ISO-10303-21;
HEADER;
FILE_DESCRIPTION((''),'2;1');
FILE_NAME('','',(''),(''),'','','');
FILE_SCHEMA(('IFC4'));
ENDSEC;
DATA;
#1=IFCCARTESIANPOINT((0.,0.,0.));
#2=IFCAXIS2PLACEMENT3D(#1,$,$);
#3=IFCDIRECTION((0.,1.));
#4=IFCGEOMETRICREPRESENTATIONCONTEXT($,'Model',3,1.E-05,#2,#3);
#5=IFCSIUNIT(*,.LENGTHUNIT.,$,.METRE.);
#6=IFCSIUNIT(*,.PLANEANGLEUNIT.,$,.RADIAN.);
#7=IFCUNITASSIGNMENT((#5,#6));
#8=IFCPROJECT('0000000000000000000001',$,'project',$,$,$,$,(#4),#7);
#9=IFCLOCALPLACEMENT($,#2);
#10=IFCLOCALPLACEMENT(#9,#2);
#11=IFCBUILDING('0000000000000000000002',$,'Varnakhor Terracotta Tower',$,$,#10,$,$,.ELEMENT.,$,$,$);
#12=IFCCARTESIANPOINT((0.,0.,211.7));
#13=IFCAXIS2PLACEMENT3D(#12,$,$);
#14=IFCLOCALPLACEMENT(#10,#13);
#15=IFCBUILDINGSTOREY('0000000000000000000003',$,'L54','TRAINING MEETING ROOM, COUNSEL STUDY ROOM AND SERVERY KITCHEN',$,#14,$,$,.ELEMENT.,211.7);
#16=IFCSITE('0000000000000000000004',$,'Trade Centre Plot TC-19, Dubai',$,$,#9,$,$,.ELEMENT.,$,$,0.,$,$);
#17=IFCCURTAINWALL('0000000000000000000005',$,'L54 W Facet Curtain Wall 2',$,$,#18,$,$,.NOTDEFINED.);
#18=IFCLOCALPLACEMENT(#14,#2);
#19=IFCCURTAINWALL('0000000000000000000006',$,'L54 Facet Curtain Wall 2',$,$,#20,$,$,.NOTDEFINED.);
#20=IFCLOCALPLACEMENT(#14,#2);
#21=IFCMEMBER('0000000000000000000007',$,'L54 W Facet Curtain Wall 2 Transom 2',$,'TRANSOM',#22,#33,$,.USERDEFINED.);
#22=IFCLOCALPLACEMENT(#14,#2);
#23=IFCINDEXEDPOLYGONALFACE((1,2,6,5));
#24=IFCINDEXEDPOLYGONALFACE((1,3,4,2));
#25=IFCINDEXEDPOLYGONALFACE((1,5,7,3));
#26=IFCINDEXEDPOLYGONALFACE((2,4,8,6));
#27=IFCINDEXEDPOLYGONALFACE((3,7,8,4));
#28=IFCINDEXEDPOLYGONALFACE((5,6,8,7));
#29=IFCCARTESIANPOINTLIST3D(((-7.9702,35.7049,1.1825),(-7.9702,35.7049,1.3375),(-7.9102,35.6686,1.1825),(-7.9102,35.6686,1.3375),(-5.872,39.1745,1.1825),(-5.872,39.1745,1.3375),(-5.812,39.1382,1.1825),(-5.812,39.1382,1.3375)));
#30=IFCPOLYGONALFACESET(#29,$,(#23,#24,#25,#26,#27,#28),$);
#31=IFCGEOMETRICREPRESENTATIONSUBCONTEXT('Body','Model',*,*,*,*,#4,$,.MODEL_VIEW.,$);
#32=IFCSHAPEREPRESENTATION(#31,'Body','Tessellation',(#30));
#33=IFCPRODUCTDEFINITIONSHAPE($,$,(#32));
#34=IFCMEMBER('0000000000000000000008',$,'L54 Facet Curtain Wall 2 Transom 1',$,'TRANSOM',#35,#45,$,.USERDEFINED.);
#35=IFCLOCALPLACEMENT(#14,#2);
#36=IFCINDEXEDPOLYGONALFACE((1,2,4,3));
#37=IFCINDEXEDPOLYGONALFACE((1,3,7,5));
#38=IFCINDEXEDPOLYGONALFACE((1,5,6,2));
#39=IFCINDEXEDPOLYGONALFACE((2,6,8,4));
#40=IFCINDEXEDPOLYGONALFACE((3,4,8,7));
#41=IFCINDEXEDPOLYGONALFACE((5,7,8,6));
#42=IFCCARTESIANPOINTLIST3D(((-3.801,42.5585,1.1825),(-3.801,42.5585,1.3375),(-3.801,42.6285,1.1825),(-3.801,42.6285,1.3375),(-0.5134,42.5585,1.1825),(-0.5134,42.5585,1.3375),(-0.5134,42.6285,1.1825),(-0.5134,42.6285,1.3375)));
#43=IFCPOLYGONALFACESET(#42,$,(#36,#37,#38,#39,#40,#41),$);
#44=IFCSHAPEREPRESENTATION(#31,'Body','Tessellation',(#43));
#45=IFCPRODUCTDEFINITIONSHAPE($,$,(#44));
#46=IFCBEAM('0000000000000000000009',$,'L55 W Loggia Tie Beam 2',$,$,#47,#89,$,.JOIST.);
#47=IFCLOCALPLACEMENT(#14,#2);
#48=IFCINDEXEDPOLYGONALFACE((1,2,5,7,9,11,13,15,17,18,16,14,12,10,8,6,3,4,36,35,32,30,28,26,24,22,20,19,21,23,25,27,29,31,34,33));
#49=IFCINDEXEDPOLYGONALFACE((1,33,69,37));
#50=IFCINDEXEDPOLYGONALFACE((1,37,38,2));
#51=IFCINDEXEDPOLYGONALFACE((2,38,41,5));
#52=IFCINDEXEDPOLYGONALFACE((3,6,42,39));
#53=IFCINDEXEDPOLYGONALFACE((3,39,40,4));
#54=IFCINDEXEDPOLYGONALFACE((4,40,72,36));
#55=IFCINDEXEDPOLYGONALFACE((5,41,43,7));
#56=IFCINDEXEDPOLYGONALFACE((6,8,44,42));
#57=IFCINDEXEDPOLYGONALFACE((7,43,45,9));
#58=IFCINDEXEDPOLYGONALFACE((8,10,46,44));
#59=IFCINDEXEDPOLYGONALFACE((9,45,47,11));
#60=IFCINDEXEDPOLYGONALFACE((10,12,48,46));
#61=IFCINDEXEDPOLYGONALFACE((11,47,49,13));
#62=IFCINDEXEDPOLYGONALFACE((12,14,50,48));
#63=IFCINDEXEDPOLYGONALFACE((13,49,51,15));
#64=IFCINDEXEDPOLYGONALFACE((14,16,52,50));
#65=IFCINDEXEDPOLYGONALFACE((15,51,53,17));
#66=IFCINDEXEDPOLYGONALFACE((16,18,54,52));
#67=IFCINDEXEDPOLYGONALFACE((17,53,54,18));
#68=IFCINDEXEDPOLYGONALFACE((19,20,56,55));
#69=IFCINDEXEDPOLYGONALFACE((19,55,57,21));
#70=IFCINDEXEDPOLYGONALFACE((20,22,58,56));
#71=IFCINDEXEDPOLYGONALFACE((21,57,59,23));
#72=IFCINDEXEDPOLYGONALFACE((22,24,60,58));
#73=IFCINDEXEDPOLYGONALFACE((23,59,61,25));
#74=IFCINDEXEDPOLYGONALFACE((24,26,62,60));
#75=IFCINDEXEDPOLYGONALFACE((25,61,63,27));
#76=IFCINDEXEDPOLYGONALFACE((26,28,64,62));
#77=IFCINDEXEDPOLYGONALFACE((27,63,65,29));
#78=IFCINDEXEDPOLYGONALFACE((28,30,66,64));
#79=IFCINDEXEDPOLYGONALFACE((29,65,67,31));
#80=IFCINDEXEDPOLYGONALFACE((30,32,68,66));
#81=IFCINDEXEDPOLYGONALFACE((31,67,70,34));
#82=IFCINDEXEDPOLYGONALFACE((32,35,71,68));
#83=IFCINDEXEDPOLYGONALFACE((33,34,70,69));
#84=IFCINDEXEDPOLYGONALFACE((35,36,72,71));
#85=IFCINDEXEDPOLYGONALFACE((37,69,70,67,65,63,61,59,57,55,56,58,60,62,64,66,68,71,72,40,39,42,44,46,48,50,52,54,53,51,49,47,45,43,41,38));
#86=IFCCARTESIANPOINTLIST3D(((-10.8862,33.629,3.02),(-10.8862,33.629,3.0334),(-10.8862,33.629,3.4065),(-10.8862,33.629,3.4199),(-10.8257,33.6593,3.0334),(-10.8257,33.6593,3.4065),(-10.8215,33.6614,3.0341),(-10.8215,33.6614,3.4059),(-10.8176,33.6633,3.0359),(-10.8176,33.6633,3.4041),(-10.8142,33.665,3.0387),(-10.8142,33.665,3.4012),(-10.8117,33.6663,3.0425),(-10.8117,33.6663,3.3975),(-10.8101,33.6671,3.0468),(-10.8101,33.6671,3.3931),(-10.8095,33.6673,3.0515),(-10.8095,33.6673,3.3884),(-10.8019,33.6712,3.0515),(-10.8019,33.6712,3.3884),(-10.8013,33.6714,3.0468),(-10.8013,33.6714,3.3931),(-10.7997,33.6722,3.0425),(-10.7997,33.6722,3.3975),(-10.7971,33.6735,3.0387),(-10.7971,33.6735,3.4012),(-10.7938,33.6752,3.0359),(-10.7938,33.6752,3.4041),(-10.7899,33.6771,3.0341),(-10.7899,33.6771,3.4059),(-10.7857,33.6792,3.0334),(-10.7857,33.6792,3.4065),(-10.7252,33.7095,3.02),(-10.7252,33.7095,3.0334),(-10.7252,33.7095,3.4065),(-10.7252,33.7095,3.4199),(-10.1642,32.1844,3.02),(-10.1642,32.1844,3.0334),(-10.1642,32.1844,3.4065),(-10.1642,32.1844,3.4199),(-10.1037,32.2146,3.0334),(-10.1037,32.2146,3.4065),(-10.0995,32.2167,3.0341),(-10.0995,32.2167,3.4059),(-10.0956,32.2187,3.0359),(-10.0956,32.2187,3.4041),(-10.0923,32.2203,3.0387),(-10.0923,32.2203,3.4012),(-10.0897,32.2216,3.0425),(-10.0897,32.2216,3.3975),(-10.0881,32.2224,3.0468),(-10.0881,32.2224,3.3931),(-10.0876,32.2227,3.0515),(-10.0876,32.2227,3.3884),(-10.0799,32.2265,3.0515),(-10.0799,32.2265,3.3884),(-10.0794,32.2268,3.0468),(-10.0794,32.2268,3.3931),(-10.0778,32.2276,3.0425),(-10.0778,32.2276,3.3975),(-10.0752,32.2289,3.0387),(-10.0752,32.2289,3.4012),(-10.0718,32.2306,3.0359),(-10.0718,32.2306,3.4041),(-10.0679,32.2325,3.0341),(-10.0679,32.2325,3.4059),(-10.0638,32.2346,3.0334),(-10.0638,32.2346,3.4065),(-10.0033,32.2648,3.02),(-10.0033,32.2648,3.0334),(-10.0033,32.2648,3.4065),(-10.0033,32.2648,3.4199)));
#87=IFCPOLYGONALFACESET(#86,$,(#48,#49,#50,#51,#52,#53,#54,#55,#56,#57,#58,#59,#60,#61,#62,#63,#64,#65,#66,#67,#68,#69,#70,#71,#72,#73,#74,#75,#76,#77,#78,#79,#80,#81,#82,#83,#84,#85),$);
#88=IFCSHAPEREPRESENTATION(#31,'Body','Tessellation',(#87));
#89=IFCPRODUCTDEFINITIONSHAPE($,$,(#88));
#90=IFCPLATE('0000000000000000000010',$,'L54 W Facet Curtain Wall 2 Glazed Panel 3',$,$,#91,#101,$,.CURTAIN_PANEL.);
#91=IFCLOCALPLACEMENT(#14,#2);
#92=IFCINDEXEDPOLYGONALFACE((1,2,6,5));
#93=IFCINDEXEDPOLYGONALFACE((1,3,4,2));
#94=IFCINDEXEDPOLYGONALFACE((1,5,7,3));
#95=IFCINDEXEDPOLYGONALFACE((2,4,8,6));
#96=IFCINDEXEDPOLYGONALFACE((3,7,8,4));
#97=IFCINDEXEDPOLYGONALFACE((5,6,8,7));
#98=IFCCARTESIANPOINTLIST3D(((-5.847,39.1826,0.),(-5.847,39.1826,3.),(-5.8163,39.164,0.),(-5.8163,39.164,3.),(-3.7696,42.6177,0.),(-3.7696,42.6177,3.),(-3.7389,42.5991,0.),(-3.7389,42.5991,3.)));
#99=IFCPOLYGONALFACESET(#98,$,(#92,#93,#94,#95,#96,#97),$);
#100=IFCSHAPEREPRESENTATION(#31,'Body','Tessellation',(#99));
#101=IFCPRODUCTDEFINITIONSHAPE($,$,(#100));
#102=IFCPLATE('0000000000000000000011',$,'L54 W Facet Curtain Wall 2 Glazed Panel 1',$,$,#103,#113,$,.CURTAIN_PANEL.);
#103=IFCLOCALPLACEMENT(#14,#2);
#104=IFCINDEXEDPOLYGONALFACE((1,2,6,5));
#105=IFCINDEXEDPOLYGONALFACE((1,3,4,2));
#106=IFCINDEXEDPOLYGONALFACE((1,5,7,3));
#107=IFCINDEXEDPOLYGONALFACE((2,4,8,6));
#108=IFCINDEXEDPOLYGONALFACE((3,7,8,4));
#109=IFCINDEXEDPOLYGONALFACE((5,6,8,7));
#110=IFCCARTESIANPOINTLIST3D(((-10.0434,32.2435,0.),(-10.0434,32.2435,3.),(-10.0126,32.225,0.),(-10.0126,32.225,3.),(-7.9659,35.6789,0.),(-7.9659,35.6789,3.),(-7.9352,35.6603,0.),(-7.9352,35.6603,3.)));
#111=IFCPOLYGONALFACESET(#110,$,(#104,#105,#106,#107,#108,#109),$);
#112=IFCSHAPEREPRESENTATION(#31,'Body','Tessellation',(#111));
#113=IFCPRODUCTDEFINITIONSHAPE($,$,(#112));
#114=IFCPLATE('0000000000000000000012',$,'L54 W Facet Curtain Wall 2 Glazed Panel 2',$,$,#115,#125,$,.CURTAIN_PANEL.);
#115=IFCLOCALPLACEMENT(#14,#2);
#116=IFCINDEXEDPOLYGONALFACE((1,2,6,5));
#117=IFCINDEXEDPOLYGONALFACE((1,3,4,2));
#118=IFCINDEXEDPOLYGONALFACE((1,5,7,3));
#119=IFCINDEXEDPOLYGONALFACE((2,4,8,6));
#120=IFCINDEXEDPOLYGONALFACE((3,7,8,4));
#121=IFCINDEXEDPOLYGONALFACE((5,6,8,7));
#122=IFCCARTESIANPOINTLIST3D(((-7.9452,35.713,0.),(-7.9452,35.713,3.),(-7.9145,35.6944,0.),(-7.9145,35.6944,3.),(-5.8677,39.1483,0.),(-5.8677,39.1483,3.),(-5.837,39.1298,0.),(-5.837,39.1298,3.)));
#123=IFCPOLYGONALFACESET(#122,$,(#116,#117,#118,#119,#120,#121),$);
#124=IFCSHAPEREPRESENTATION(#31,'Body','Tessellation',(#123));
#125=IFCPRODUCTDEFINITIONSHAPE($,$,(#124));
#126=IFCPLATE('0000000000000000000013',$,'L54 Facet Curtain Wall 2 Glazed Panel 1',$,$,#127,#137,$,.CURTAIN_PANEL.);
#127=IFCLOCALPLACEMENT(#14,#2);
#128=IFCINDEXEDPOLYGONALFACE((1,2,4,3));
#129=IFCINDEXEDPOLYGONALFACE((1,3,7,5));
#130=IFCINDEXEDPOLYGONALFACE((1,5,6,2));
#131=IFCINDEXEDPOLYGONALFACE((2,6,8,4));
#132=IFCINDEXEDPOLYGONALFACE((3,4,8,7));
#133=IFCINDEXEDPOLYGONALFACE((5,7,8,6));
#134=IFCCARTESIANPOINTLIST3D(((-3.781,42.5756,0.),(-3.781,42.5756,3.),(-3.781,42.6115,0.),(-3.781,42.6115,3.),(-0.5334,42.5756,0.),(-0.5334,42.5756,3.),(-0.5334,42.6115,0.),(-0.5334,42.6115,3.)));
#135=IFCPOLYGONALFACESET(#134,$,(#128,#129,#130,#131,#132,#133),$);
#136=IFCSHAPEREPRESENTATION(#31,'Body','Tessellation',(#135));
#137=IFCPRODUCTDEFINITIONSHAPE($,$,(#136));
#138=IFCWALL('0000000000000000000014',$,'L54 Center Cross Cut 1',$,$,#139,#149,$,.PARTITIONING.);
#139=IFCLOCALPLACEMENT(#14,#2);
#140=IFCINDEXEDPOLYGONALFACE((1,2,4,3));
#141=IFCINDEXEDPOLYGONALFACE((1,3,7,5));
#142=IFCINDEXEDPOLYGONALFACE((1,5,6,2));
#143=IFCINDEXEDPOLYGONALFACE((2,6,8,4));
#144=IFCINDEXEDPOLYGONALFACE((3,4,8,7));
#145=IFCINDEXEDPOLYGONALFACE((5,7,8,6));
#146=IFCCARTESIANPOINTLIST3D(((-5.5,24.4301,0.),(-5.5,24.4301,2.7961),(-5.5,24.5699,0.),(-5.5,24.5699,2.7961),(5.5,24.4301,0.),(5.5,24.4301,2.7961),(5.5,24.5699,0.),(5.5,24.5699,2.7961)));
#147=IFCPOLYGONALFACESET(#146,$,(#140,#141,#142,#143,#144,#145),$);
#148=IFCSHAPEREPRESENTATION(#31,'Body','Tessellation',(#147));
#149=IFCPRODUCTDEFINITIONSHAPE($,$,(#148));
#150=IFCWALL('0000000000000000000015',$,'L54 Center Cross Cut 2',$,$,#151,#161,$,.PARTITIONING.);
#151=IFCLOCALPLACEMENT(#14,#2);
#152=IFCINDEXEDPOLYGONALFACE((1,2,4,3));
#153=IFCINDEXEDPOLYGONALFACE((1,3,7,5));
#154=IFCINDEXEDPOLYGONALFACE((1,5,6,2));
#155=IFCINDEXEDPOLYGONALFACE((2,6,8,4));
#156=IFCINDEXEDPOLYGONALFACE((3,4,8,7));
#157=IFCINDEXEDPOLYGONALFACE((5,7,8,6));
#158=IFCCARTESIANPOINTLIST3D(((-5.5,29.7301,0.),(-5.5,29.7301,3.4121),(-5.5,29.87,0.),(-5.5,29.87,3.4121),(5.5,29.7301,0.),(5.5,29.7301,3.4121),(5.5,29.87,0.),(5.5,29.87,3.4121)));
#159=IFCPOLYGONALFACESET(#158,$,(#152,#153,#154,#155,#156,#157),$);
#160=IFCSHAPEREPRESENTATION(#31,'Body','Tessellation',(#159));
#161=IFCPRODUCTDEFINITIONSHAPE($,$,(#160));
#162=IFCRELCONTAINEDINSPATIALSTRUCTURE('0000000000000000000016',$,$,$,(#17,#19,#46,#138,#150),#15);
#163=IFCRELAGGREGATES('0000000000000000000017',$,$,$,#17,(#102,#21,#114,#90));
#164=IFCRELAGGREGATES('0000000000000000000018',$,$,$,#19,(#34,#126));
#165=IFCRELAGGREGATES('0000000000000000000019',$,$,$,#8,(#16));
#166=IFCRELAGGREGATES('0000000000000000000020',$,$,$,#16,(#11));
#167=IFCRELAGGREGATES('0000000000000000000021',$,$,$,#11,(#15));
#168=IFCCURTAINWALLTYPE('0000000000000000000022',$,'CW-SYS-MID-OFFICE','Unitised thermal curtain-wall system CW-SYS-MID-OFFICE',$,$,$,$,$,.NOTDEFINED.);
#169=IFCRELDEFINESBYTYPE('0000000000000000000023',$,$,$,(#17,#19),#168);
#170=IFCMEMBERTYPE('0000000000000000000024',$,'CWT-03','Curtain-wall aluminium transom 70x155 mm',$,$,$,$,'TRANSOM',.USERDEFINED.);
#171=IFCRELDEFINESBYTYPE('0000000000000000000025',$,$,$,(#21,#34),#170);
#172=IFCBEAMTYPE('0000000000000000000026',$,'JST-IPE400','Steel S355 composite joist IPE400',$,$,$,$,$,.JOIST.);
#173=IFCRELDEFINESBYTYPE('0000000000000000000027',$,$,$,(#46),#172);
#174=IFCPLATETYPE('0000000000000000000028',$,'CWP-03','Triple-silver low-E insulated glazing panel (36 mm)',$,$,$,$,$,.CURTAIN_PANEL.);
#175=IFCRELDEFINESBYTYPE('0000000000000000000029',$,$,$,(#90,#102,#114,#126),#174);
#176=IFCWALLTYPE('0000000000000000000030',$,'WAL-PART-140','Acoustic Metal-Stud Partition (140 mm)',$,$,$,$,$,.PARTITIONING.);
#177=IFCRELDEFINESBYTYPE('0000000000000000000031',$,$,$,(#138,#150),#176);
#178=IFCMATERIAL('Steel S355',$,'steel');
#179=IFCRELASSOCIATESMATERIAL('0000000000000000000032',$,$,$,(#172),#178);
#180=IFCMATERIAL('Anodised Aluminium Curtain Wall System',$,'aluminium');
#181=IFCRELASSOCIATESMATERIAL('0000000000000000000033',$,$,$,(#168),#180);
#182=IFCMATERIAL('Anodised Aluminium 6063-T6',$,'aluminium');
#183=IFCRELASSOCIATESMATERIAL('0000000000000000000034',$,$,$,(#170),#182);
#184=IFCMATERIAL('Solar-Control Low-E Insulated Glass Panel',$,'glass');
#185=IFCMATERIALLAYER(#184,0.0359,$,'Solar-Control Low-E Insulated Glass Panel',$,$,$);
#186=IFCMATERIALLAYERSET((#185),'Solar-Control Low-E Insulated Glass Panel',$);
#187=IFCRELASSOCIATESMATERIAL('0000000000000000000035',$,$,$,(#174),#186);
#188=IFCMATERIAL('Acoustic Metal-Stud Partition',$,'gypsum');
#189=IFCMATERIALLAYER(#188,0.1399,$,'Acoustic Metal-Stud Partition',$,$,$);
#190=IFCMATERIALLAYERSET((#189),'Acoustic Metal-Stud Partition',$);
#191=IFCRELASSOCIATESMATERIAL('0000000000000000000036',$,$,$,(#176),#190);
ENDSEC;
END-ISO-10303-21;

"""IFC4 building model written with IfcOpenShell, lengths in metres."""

from ifc_helpers import new_model, si_unit, direction, frame, frame_2d, origin, origin_2d, place, context, subcontext, project, spatial, rectangle, i_section, extrude, source, transform, mapped, material, layer, layer_set, material_profile, profile_set, type_object, element, aggregate, save


model = new_model("IFC4")

# Units and contexts
model_context = context("Model", 3, precision=1e-05, world=origin(), true_north=direction((0.0, 1.0)))
body_context = subcontext(model_context, "Body", "Model", "MODEL_VIEW")
ifc_project = project(units=[si_unit("LENGTHUNIT", "METRE"), si_unit("PLANEANGLEUNIT", "RADIAN")], contexts=[model_context])

# Site, building, storey
site_placement = place(None, origin())
site = spatial("IfcSite", under=ifc_project, at=site_placement, Name="Trade Centre Plot TC-19, Dubai", CompositionType="ELEMENT", RefElevation=0.0)
building_placement = place(site_placement, origin())
building = spatial("IfcBuilding", under=site, at=building_placement, Name="Varnakhor Terracotta Tower", CompositionType="ELEMENT")
storey_placement = place(building_placement, frame((0.0, 0.0, 211.7)))
storey = spatial("IfcBuildingStorey", under=building, at=storey_placement, Name="L54", Description="TRAINING MEETING ROOM, COUNSEL STUDY ROOM AND SERVERY KITCHEN", CompositionType="ELEMENT", Elevation=211.7)

# Shared definitions
ifc_material_1 = material(Name="Steel S355", Category="steel")
ifc_material_profile_1 = material_profile(ifc_material_1, i_section(OverallWidth=0.1799, OverallDepth=0.3999, WebThickness=0.0085, FlangeThickness=0.0134, FilletRadius=0.0181, at=origin_2d()), Name="IPE400")
ifc_profile_set_1 = profile_set([ifc_material_profile_1], Name="Steel S355")
beam_type_1 = type_object("IfcBeamType", Name="JST-IPE400", Description="Steel S355 composite joist IPE400", PredefinedType="JOIST", material=ifc_profile_set_1)

# Curtain wall
ifc_material_2 = material(Name="Anodised Aluminium Curtain Wall System", Category="aluminium")
curtain_wall_type = type_object("IfcCurtainWallType", Name="CW-SYS-MID-OFFICE", Description="Unitised thermal curtain-wall system CW-SYS-MID-OFFICE", PredefinedType="NOTDEFINED", material=ifc_material_2)
curtain_wall_1_placement = place(storey_placement, origin())
curtain_wall_1 = element("IfcCurtainWall", 1, at=curtain_wall_1_placement, inside=storey, type_object=curtain_wall_type, Name="L54 W Facet Curtain Wall 2", PredefinedType="NOTDEFINED")
ifc_material_3 = material(Name="Anodised Aluminium 6063-T6", Category="aluminium")

# Curtain wall
curtain_wall_2_placement = place(storey_placement, origin())
curtain_wall_2 = element("IfcCurtainWall", 2, at=curtain_wall_2_placement, inside=storey, type_object=curtain_wall_type, Name="L54 Facet Curtain Wall 2", PredefinedType="NOTDEFINED")

# Members
ifc_material_profile_2 = material_profile(ifc_material_3, rectangle(XDim=0.0701, YDim=0.155, at=origin_2d()), Name="ALU TRANSOM 70x155")
ifc_profile_set_2 = profile_set([ifc_material_profile_2], Name="Anodised Aluminium 6063-T6")
member_type_1 = type_object("IfcMemberType", Name="CWT-03", Description="Curtain-wall aluminium transom 70x155 mm", ElementType="TRANSOM", PredefinedType="USERDEFINED", material=ifc_profile_set_2)
shared_shape_1 = source(origin(), body_context, "Body", "SweptSolid", [
    extrude(rectangle(XDim=0.0701, YDim=0.155, at=origin_2d()), origin(), (0.0, 0.0, 1.0), 4.0547),
])
member_1_placement = place(storey_placement, frame((-7.9402, 35.6868, 1.26), z_axis=(0.517477, 0.855697, 0.0), x_axis=(-0.855697, 0.517477, 0.0)))
member_1 = element("IfcMember", 3, at=member_1_placement, type_object=member_type_1, Name="L54 W Facet Curtain Wall 2 Transom 2", ObjectType="TRANSOM", PredefinedType="USERDEFINED", context=body_context, shape_type="MappedRepresentation", body=[
    mapped(shared_shape_1, transform((0.0, 0.0, 0.0), scale=1.0)),
])
shared_shape_2 = source(origin(), body_context, "Body", "SweptSolid", [
    extrude(rectangle(XDim=0.0701, YDim=0.155, at=origin_2d()), origin(), (0.0, 0.0, 1.0), 3.2876),
])
member_2_placement = place(storey_placement, frame((-3.801, 42.5935, 1.26), z_axis=(1.0, 0.0, 0.0), x_axis=(0.0, 1.0, 0.0)))
member_2 = element("IfcMember", 4, at=member_2_placement, type_object=member_type_1, Name="L54 Facet Curtain Wall 2 Transom 1", ObjectType="TRANSOM", PredefinedType="USERDEFINED", context=body_context, shape_type="MappedRepresentation", body=[
    mapped(shared_shape_2, transform((0.0, 0.0, 0.0), scale=1.0)),
])

# Beam
shared_shape_3 = source(origin(), body_context, "Body", "SweptSolid", [
    extrude(i_section(OverallWidth=0.1799, OverallDepth=0.3999, WebThickness=0.0085, FlangeThickness=0.0134, FilletRadius=0.0181, at=origin_2d()), origin(), (0.0, 0.0, 1.0), 1.615),
])
beam_1_placement = place(storey_placement, frame((-10.0837, 32.2246, 3.22), z_axis=(-0.447032, 0.894518, 0.0), x_axis=(-0.894518, -0.447032, 0.0)))
element("IfcBeam", 5, at=beam_1_placement, inside=storey, type_object=beam_type_1, Name="L55 W Loggia Tie Beam 2", PredefinedType="JOIST", context=body_context, shape_type="MappedRepresentation", body=[
    mapped(shared_shape_3, transform((0.0, 0.0, 0.0), scale=1.0)),
])

# Plates
ifc_material_4 = material(Name="Solar-Control Low-E Insulated Glass Panel", Category="glass")
ifc_layer_1 = layer(ifc_material_4, 0.0359, Name="Solar-Control Low-E Insulated Glass Panel")
ifc_layer_set_1 = layer_set([ifc_layer_1], Name="Solar-Control Low-E Insulated Glass Panel")
plate_type = type_object("IfcPlateType", Name="CWP-03", Description="Triple-silver low-E insulated glazing panel (36 mm)", PredefinedType="CURTAIN_PANEL", material=ifc_layer_set_1)
shared_shape_4 = source(origin(), body_context, "Body", "SweptSolid", [
    extrude(rectangle(XDim=4.0144, YDim=0.0359, at=origin_2d()), origin(), (0.0, 0.0, 1.0), 3.0),
])
plate_1_placement = place(storey_placement, frame((-4.793, 40.8909, 0.0), z_axis=(0.0, 0.0, 1.0), x_axis=(0.517475, 0.855699, 0.0)))
plate_1 = element("IfcPlate", 6, at=plate_1_placement, type_object=plate_type, Name="L54 W Facet Curtain Wall 2 Glazed Panel 3", PredefinedType="CURTAIN_PANEL", context=body_context, shape_type="MappedRepresentation", body=[
    mapped(shared_shape_4, transform((0.0, 0.0, 0.0), scale=1.0)),
])
shared_shape_5 = source(origin(), body_context, "Body", "SweptSolid", [
    extrude(rectangle(XDim=4.0146, YDim=0.0359, at=origin_2d()), origin(), (0.0, 0.0, 1.0), 3.0),
])
plate_2_placement = place(storey_placement, frame((-8.9893, 33.9519, 0.0), z_axis=(0.0, 0.0, 1.0), x_axis=(0.517475, 0.855699, 0.0)))
plate_2 = element("IfcPlate", 7, at=plate_2_placement, type_object=plate_type, Name="L54 W Facet Curtain Wall 2 Glazed Panel 1", PredefinedType="CURTAIN_PANEL", context=body_context, shape_type="MappedRepresentation", body=[
    mapped(shared_shape_5, transform((0.0, 0.0, 0.0), scale=1.0)),
])
plate_3_placement = place(storey_placement, frame((-6.8911, 37.4214, 0.0), z_axis=(0.0, 0.0, 1.0), x_axis=(0.517475, 0.855699, 0.0)))
plate_3 = element("IfcPlate", 8, at=plate_3_placement, type_object=plate_type, Name="L54 W Facet Curtain Wall 2 Glazed Panel 2", PredefinedType="CURTAIN_PANEL", context=body_context, shape_type="MappedRepresentation", body=[
    mapped(shared_shape_5, transform((0.0, 0.0, 0.0), scale=1.0)),
])
aggregate(curtain_wall_1, [plate_2, member_1, plate_3, plate_1])
shared_shape_6 = source(origin(), body_context, "Body", "SweptSolid", [
    extrude(rectangle(XDim=3.2476, YDim=0.0359, at=origin_2d()), origin(), (0.0, 0.0, 1.0), 3.0),
])
plate_4_placement = place(storey_placement, frame((-2.1572, 42.5935, 0.0), z_axis=(0.0, 0.0, 1.0), x_axis=(1.0, 0.0, 0.0)))
plate_4 = element("IfcPlate", 9, at=plate_4_placement, type_object=plate_type, Name="L54 Facet Curtain Wall 2 Glazed Panel 1", PredefinedType="CURTAIN_PANEL", context=body_context, shape_type="MappedRepresentation", body=[
    mapped(shared_shape_6, transform((0.0, 0.0, 0.0), scale=1.0)),
])
aggregate(curtain_wall_2, [member_2, plate_4])

# Walls
ifc_material_5 = material(Name="Acoustic Metal-Stud Partition", Category="gypsum")
ifc_layer_2 = layer(ifc_material_5, 0.1399, Name="Acoustic Metal-Stud Partition")
ifc_layer_set_2 = layer_set([ifc_layer_2], Name="Acoustic Metal-Stud Partition")
wall_type = type_object("IfcWallType", Name="WAL-PART-140", Description="Acoustic Metal-Stud Partition (140 mm)", PredefinedType="PARTITIONING", material=ifc_layer_set_2)
wall_1_placement = place(storey_placement, frame((-5.5, 24.5, 0.0), z_axis=(0.0, 0.0, 1.0), x_axis=(1.0, 0.0, 0.0)))
element("IfcWall", 10, at=wall_1_placement, inside=storey, type_object=wall_type, Name="L54 Center Cross Cut 1", PredefinedType="PARTITIONING", context=body_context, shape_type="SweptSolid", body=[
    extrude(rectangle(XDim=11.0, YDim=0.1399, at=frame_2d((5.5, 0.0))), origin(), (0.0, 0.0, 1.0), 2.7961),
])
wall_2_placement = place(storey_placement, frame((-5.5, 29.8, 0.0), z_axis=(0.0, 0.0, 1.0), x_axis=(1.0, 0.0, 0.0)))
element("IfcWall", 11, at=wall_2_placement, inside=storey, type_object=wall_type, Name="L54 Center Cross Cut 2", PredefinedType="PARTITIONING", context=body_context, shape_type="SweptSolid", body=[
    extrude(rectangle(XDim=11.0, YDim=0.1399, at=frame_2d((5.5, 0.0))), origin(), (0.0, 0.0, 1.0), 3.4121),
])

save(model, "model.ifc")
